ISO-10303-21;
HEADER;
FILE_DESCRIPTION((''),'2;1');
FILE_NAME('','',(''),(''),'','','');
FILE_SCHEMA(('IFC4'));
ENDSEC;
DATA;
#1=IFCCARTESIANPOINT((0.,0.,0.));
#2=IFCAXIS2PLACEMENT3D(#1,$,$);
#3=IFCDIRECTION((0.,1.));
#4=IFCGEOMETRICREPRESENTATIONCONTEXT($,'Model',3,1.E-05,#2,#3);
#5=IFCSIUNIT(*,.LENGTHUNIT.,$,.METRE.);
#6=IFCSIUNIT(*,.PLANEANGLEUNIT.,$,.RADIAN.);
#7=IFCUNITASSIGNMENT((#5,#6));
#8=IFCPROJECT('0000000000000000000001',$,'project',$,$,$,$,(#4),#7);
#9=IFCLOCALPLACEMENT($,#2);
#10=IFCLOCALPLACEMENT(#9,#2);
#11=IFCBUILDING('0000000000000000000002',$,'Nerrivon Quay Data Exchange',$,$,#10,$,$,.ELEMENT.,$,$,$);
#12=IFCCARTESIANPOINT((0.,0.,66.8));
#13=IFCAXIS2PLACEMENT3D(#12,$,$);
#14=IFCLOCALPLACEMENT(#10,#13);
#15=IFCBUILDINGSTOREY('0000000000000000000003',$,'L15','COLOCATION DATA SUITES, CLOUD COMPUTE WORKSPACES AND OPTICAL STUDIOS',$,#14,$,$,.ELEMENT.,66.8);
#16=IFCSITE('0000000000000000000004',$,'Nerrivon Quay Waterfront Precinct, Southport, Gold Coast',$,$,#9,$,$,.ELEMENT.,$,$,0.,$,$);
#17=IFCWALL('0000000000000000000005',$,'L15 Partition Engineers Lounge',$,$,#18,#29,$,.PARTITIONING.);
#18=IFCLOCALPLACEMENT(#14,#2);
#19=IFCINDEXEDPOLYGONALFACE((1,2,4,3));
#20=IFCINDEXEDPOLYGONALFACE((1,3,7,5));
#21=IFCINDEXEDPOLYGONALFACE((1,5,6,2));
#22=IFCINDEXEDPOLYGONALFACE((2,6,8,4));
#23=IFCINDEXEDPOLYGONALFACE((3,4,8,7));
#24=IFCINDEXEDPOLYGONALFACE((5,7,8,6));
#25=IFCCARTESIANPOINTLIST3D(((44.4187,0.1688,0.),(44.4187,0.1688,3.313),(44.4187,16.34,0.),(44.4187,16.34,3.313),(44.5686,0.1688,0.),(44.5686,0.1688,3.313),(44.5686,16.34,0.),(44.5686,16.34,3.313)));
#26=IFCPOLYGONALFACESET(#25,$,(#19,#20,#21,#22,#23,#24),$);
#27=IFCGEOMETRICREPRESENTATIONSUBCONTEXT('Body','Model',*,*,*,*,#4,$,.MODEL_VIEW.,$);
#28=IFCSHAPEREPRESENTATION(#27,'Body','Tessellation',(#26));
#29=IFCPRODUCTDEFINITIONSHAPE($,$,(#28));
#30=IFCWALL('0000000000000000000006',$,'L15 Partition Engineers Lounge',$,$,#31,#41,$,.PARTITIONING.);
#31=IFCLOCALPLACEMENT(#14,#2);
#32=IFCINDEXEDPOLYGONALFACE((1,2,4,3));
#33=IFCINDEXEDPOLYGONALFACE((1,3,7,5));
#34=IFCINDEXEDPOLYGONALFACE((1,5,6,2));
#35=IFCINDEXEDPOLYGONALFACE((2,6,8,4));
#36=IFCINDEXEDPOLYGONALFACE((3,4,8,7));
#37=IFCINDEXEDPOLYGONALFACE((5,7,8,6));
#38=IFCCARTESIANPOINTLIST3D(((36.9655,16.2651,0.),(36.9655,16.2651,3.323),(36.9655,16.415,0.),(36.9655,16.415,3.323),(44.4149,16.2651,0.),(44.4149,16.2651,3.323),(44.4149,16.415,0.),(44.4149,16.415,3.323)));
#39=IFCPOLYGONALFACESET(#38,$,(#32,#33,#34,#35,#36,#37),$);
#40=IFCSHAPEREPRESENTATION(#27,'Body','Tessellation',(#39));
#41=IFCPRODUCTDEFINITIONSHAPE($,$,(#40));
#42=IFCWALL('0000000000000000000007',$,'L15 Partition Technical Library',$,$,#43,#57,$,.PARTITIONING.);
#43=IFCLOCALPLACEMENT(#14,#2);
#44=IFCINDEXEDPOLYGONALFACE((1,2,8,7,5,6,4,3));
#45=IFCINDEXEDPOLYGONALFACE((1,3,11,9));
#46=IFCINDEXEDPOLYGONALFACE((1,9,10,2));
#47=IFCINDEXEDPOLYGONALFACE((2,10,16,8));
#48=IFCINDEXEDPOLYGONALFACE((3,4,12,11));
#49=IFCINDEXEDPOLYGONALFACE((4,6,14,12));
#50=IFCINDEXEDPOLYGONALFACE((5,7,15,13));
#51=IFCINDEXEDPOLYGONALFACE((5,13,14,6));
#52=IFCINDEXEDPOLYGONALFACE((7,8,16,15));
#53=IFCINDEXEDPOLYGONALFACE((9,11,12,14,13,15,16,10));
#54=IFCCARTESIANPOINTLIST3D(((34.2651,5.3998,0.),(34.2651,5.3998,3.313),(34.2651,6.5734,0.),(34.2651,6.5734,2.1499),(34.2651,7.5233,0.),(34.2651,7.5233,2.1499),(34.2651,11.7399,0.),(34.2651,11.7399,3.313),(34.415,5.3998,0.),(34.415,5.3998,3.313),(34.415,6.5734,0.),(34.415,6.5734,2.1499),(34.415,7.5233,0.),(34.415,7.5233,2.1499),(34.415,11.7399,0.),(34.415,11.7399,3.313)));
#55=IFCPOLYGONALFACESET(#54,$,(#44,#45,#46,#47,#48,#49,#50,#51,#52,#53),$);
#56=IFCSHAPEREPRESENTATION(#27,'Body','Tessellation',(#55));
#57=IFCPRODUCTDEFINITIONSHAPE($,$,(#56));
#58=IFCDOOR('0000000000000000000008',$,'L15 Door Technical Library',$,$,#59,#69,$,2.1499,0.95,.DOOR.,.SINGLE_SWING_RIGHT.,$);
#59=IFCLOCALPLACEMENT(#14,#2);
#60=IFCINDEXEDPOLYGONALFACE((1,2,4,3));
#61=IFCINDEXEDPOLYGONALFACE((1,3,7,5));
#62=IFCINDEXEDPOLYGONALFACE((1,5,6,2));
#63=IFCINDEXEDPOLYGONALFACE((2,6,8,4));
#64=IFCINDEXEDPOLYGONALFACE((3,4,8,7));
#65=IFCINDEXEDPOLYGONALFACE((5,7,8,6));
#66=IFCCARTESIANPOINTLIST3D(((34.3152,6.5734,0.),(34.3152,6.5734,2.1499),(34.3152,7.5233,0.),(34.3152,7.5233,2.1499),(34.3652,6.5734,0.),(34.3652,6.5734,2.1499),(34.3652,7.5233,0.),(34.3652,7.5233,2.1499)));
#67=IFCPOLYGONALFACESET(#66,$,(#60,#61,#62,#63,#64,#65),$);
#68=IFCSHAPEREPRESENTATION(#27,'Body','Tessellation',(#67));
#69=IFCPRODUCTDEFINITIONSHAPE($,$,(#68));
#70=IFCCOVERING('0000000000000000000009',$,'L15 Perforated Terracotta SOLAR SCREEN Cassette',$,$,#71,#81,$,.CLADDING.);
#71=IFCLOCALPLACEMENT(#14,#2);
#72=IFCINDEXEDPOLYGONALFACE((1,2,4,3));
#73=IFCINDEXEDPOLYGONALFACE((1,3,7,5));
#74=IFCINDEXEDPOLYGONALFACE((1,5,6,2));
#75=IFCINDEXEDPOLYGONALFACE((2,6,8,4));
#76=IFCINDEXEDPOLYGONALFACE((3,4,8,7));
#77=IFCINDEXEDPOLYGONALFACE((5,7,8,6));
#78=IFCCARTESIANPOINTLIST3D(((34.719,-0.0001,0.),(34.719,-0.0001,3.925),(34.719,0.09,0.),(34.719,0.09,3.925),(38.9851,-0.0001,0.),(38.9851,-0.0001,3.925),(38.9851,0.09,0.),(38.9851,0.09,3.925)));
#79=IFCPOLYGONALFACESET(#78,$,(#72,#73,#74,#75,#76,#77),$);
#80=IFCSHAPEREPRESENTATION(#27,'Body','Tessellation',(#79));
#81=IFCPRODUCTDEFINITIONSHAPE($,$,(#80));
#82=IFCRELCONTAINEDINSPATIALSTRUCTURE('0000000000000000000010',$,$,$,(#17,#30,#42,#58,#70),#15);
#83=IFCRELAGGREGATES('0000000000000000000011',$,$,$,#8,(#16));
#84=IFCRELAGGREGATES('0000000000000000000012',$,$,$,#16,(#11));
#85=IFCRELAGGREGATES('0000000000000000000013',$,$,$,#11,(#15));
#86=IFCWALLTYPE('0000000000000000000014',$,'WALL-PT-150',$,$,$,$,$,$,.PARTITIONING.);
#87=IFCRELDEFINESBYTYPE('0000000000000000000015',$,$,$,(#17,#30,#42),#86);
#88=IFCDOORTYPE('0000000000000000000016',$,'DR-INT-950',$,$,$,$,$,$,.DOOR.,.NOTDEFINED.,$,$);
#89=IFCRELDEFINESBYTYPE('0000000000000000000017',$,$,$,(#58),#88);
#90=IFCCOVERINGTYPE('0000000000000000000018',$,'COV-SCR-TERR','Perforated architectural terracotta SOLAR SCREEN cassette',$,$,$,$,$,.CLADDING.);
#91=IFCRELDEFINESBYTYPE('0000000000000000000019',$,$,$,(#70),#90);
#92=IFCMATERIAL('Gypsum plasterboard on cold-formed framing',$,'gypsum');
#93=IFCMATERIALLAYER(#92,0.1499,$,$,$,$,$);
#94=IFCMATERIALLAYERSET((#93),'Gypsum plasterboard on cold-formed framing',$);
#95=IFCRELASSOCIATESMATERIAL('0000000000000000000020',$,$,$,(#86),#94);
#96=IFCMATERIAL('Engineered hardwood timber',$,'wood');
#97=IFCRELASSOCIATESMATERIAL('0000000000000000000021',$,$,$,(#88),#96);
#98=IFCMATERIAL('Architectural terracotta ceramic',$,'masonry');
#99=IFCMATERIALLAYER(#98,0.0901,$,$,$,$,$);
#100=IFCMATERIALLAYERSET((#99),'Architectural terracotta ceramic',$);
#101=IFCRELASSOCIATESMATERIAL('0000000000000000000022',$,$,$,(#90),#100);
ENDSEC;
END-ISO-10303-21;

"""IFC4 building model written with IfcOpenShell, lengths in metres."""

from ifc_helpers import new_model, si_unit, direction, frame, frame_2d, origin, origin_2d, place, context, subcontext, project, spatial, rectangle, extrude, material, layer, layer_set, type_object, element, fill, save


model = new_model("IFC4")

# Units and contexts
model_context = context("Model", 3, precision=1e-05, world=origin(), true_north=direction((0.0, 1.0)))
body_context = subcontext(model_context, "Body", "Model", "MODEL_VIEW")
ifc_project = project(units=[si_unit("LENGTHUNIT", "METRE"), si_unit("PLANEANGLEUNIT", "RADIAN")], contexts=[model_context])

# Site, building, storey
site_placement = place(None, origin())
site = spatial("IfcSite", under=ifc_project, at=site_placement, Name="Nerrivon Quay Waterfront Precinct, Southport, Gold Coast", CompositionType="ELEMENT", RefElevation=0.0)
building_placement = place(site_placement, origin())
building = spatial("IfcBuilding", under=site, at=building_placement, Name="Nerrivon Quay Data Exchange", CompositionType="ELEMENT")
storey_placement = place(building_placement, frame((0.0, 0.0, 66.8)))
storey = spatial("IfcBuildingStorey", under=building, at=storey_placement, Name="L15", Description="COLOCATION DATA SUITES, CLOUD COMPUTE WORKSPACES AND OPTICAL STUDIOS", CompositionType="ELEMENT", Elevation=66.8)

# Shared definitions
ifc_material_1 = material(Name="Gypsum plasterboard on cold-formed framing", Category="gypsum")

# Shared definitions
ifc_layer_1 = layer(ifc_material_1, 0.1499)
ifc_layer_set_1 = layer_set([ifc_layer_1], Name="Gypsum plasterboard on cold-formed framing")
wall_type_1 = type_object("IfcWallType", Name="WALL-PT-150", PredefinedType="PARTITIONING", material=ifc_layer_set_1)
ifc_material_2 = material(Name="Engineered hardwood timber", Category="wood")
door_type = type_object("IfcDoorType", Name="DR-INT-950", OperationType="NOTDEFINED", PredefinedType="DOOR", material=ifc_material_2)

# Walls
wall_1_placement = place(storey_placement, frame((44.4937, 0.1689, 0.0), z_axis=(0.0, 0.0, 1.0), x_axis=(0.0, 1.0, 0.0)))
element("IfcWall", 1, at=wall_1_placement, inside=storey, type_object=wall_type_1, Name="L15 Partition Engineers Lounge", PredefinedType="PARTITIONING", context=body_context, shape_type="SweptSolid", body=[
    extrude(rectangle(XDim=16.1711, YDim=0.1499, at=frame_2d((8.0854, 0.0))), origin(), (0.0, 0.0, 1.0), 3.313),
])
wall_2_placement = place(storey_placement, frame((44.4148, 16.3401, 0.0), z_axis=(0.0, 0.0, 1.0), x_axis=(-1.0, 0.0, 0.0)))
element("IfcWall", 2, at=wall_2_placement, inside=storey, type_object=wall_type_1, Name="L15 Partition Engineers Lounge", PredefinedType="PARTITIONING", context=body_context, shape_type="SweptSolid", body=[
    extrude(rectangle(XDim=7.4495, YDim=0.1499, at=frame_2d((3.7246, 0.0))), origin(), (0.0, 0.0, 1.0), 3.323),
])

# Wall, opening, door
wall_3_placement = place(storey_placement, frame((34.3401, 5.3999, 0.0), z_axis=(0.0, 0.0, 1.0), x_axis=(0.0, 1.0, 0.0)))
wall_3 = element("IfcWall", 3, at=wall_3_placement, inside=storey, type_object=wall_type_1, Name="L15 Partition Technical Library", PredefinedType="PARTITIONING", context=body_context, shape_type="SweptSolid", body=[
    extrude(rectangle(XDim=6.3401, YDim=0.1499, at=frame_2d((3.1699, 0.0))), origin(), (0.0, 0.0, 1.0), 3.313),
])
opening_1_placement = place(wall_3_placement, frame((1.1733, 0.0, 0.0)))
opening_1 = element("IfcOpeningElement", 4, at=opening_1_placement, cuts=wall_3, PredefinedType="OPENING", context=body_context, shape_type="SweptSolid", body=[
    extrude(rectangle(XDim=0.95, YDim=2.1499, at=frame_2d((0.4751, 1.075))), frame((0.0, 0.085, 0.0), z_axis=(0.0, -1.0, 0.0), x_axis=(1.0, 0.0, 0.0)), (0.0, 0.0, 1.0), 0.1699),
])
door_1_placement = place(opening_1_placement, origin())
door_1 = element("IfcDoor", 5, at=door_1_placement, inside=storey, type_object=door_type, Name="L15 Door Technical Library", OperationType="SINGLE_SWING_RIGHT", OverallHeight=2.1499, OverallWidth=0.95, PredefinedType="DOOR", context=body_context, shape_type="SweptSolid", body=[
    extrude(rectangle(XDim=0.95, YDim=2.1499, at=frame_2d((0.4751, 1.075))), frame((0.0, 0.0249, 0.0), z_axis=(0.0, -1.0, 0.0), x_axis=(1.0, 0.0, 0.0)), (0.0, 0.0, 1.0), 0.05),
])
fill(opening_1, door_1)

# Covering
ifc_material_3 = material(Name="Architectural terracotta ceramic", Category="masonry")
ifc_layer_2 = layer(ifc_material_3, 0.0901)
ifc_layer_set_2 = layer_set([ifc_layer_2], Name="Architectural terracotta ceramic")
covering_type = type_object("IfcCoveringType", Name="COV-SCR-TERR", Description="Perforated architectural terracotta SOLAR SCREEN cassette", PredefinedType="CLADDING", material=ifc_layer_set_2)
covering_placement = place(storey_placement, frame((36.8521, 0.0449, 0.0), z_axis=(0.0, 0.0, 1.0), x_axis=(-1.0, 0.0, 0.0)))
element("IfcCovering", 6, at=covering_placement, inside=storey, type_object=covering_type, Name="L15 Perforated Terracotta SOLAR SCREEN Cassette", PredefinedType="CLADDING", context=body_context, shape_type="SweptSolid", body=[
    extrude(rectangle(XDim=4.2661, YDim=0.0901, at=origin_2d()), origin(), (0.0, 0.0, 1.0), 3.925),
])

save(model, "model.ifc")
